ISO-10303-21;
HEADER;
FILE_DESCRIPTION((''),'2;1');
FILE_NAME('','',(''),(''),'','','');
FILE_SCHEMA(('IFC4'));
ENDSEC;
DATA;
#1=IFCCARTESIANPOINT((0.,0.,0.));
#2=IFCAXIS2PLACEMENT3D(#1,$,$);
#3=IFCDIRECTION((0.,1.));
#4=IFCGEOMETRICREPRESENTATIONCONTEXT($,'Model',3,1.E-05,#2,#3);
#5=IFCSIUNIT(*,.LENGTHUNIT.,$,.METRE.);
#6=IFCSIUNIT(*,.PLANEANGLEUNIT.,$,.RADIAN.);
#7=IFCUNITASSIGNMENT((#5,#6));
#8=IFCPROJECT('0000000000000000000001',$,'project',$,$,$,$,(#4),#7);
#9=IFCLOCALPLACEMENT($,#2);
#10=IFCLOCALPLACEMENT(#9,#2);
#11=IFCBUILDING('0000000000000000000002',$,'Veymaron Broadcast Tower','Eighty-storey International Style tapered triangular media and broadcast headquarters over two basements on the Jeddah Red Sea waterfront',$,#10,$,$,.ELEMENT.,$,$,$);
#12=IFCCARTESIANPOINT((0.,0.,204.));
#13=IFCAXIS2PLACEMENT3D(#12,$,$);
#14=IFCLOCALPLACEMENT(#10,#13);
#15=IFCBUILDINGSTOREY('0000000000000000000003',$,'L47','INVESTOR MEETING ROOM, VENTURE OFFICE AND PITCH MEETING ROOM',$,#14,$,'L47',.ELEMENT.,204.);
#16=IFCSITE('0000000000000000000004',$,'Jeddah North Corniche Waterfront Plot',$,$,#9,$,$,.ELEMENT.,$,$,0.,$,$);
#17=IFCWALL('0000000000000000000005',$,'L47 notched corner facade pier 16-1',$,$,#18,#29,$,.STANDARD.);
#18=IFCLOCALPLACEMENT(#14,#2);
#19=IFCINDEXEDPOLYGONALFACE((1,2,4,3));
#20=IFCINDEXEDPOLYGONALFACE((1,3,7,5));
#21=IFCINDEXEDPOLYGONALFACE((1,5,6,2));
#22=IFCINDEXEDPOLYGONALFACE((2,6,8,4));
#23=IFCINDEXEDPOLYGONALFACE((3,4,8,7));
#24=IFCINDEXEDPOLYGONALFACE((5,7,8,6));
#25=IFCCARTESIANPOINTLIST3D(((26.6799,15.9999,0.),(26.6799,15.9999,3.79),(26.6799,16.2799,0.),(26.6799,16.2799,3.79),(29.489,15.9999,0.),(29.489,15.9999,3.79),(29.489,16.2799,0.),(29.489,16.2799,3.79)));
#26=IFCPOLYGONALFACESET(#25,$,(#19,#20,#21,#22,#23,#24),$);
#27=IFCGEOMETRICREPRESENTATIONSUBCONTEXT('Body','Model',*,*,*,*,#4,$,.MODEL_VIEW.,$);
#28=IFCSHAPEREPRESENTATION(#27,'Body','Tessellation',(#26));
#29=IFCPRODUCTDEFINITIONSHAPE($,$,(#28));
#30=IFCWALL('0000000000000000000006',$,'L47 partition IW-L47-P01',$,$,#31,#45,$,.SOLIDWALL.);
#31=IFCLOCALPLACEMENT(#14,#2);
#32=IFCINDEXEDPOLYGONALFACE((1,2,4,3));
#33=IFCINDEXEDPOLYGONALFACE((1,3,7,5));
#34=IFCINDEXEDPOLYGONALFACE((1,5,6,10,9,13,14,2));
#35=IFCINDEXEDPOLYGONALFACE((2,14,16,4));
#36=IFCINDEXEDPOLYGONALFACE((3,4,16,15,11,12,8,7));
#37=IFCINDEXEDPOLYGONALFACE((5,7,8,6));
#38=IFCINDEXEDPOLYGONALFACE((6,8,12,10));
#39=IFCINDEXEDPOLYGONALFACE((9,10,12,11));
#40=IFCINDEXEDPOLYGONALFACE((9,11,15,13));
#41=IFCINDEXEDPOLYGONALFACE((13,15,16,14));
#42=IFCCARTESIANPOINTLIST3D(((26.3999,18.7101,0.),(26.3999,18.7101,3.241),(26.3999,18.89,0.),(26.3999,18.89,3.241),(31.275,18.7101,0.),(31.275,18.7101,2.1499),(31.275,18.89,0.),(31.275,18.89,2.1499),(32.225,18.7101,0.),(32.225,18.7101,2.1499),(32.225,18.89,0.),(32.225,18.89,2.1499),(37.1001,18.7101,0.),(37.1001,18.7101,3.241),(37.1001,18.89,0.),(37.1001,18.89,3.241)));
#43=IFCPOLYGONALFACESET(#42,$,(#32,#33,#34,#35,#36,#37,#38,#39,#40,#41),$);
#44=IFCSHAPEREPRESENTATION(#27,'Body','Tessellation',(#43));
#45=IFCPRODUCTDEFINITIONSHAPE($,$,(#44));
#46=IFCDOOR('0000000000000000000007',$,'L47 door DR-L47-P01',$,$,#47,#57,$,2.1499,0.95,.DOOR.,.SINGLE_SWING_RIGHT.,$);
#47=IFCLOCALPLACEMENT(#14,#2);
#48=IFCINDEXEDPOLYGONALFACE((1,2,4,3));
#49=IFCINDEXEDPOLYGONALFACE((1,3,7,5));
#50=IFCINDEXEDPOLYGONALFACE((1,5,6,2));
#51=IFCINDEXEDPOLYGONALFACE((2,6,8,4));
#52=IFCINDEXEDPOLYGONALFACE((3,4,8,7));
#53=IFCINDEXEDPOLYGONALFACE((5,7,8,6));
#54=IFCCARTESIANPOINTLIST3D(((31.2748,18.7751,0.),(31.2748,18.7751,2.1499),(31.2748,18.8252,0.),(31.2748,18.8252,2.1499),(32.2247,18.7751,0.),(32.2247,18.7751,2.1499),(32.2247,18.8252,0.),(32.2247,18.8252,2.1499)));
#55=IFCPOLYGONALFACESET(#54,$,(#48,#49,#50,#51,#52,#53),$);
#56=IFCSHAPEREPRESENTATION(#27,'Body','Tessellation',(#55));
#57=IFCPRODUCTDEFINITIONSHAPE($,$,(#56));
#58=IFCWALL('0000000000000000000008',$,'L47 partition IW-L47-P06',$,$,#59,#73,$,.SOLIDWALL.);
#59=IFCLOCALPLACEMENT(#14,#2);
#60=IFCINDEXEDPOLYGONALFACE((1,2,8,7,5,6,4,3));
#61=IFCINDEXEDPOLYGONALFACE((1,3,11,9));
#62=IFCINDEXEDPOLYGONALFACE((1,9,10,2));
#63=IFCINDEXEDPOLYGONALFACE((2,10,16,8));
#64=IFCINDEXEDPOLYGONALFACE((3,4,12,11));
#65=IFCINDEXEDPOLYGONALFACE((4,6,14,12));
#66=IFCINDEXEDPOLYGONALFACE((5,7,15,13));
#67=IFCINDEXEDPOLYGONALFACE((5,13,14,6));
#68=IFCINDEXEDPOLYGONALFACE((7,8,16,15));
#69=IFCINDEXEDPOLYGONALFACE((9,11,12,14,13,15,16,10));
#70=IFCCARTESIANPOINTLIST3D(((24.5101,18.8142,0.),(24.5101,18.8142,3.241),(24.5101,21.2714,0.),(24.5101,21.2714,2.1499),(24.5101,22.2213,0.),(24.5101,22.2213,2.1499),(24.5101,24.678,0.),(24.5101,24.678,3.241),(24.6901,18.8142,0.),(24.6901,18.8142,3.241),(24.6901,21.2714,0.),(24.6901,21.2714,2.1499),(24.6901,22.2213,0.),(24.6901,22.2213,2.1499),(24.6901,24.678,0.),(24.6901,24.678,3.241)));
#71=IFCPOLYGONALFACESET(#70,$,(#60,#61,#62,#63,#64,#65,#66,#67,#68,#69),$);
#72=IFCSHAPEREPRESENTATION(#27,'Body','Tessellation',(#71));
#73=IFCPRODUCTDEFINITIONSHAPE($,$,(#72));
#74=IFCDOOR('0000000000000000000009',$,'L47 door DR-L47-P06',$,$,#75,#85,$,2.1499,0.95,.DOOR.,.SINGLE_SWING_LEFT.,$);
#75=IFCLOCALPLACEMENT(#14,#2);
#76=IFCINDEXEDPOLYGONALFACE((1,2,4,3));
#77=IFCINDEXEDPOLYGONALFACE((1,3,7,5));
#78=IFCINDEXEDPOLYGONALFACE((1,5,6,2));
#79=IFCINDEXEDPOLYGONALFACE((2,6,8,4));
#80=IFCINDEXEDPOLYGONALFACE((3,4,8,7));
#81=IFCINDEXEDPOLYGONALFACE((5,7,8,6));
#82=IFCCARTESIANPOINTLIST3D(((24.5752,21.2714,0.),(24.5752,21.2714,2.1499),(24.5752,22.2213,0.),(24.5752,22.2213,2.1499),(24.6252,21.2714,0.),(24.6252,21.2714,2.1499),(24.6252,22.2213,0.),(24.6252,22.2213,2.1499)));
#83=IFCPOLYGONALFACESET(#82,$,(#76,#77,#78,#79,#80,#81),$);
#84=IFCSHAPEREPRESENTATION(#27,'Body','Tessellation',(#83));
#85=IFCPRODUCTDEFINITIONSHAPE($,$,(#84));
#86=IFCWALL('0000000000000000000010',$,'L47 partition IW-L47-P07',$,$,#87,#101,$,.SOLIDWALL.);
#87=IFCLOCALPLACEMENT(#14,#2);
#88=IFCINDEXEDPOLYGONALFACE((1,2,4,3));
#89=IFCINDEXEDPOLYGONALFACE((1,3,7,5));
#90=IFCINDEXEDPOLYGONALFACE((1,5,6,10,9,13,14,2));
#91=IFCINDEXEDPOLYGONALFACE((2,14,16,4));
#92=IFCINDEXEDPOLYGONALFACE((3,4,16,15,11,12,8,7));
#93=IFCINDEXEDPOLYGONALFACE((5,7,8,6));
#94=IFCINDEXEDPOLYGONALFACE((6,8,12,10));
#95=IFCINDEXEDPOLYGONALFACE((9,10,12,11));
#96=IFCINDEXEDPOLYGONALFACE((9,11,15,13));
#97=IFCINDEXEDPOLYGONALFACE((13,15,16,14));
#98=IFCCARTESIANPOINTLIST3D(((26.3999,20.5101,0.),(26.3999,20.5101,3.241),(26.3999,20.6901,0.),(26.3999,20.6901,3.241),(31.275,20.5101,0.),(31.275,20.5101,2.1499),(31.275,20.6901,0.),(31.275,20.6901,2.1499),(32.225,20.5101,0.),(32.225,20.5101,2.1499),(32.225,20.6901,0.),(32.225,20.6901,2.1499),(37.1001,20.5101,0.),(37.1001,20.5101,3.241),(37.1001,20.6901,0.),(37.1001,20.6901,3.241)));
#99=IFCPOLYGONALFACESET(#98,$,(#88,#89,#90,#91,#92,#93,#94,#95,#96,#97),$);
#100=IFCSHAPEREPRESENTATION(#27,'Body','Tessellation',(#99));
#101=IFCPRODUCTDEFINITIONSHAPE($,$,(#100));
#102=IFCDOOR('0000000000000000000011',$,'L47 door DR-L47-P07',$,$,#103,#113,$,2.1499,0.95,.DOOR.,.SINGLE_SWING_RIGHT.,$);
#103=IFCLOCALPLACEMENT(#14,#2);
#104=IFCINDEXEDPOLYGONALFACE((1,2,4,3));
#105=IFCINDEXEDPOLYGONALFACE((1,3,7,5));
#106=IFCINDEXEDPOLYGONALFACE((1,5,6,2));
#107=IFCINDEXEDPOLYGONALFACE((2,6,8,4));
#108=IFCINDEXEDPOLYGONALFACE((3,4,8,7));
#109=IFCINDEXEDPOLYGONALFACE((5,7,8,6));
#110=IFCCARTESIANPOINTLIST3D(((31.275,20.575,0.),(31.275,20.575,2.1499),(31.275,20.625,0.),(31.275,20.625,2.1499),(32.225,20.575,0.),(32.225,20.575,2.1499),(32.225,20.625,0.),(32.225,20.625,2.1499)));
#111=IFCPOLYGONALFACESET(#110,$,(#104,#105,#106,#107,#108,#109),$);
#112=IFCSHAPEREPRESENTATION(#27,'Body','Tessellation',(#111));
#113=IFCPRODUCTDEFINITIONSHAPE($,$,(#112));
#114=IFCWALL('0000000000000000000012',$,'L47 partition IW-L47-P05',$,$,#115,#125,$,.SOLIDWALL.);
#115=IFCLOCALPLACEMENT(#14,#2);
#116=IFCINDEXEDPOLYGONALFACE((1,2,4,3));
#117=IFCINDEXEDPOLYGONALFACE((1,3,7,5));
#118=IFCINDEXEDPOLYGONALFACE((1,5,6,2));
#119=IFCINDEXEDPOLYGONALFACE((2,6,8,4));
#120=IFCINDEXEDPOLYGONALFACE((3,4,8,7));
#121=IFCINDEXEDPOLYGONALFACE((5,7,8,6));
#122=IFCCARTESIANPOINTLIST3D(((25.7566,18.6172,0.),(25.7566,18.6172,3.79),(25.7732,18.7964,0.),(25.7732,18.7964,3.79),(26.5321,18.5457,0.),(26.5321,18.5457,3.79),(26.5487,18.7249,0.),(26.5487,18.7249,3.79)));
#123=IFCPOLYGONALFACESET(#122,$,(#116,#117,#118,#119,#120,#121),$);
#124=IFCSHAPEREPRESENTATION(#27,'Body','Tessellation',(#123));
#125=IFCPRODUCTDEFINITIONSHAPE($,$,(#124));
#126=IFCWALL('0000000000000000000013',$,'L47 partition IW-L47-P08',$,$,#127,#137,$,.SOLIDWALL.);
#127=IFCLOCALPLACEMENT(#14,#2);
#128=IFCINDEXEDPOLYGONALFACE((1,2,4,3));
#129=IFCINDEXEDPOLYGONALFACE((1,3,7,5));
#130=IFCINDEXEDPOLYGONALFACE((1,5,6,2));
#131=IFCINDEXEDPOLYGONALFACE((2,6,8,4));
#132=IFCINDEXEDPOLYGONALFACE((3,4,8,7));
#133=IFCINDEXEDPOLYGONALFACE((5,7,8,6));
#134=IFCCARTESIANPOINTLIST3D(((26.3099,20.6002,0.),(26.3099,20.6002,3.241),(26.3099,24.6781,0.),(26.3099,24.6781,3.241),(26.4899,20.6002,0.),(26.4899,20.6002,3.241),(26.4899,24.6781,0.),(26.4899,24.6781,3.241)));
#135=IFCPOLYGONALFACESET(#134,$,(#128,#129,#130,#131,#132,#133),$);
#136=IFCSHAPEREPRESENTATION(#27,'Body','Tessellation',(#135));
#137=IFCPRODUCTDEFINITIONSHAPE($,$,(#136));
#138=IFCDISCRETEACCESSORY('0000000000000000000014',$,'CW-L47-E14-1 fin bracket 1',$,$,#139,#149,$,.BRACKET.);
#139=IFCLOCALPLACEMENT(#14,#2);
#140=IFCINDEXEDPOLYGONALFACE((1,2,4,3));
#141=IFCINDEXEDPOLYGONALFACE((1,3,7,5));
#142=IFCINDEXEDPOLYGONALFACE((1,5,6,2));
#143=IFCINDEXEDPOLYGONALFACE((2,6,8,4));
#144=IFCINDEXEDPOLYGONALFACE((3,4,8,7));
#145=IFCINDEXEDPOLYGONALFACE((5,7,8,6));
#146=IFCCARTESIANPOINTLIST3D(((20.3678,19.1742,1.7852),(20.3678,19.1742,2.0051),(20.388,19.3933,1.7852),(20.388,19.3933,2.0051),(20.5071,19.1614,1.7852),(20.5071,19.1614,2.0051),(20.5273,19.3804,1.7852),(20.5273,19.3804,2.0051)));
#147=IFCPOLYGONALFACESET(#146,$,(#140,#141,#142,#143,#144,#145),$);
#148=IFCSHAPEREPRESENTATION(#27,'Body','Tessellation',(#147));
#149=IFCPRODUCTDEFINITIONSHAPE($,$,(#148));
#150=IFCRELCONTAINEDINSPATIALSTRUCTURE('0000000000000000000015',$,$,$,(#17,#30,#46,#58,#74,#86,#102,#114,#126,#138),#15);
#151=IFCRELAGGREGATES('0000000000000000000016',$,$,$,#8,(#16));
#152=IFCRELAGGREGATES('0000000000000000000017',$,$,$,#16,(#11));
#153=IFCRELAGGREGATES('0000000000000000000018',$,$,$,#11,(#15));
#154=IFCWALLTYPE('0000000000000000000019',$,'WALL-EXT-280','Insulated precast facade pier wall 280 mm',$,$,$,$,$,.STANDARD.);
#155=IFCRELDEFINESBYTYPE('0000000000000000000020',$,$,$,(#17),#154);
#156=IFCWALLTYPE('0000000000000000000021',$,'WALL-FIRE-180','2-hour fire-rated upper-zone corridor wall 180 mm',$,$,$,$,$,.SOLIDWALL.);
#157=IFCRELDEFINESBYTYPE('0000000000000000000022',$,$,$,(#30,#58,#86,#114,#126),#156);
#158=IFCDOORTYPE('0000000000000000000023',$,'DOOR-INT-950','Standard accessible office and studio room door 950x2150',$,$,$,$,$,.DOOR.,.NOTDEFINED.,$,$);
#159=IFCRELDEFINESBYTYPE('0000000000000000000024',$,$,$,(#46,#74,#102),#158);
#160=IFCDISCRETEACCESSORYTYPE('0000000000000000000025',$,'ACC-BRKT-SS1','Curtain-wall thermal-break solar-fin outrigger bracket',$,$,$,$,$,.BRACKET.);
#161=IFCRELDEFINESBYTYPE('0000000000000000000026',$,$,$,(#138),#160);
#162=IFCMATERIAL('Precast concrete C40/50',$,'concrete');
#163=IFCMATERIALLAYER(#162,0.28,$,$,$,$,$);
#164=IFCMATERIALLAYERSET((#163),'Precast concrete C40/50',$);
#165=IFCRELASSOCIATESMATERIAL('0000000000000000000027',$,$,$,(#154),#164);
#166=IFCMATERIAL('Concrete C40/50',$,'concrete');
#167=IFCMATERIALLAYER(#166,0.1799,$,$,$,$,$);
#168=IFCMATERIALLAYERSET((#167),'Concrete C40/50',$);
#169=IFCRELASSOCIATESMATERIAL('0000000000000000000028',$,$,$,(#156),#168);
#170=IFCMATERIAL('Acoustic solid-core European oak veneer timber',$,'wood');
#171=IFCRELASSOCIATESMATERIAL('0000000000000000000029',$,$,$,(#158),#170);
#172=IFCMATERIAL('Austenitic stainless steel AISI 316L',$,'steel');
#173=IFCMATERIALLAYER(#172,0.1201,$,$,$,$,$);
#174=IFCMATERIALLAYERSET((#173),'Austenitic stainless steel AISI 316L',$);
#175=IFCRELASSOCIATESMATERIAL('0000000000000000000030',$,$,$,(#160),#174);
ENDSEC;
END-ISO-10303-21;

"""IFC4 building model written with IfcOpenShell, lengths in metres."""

from ifc_helpers import new_model, si_unit, direction, frame, frame_2d, origin, origin_2d, place, context, subcontext, project, spatial, rectangle, extrude, material, layer, layer_set, type_object, element, fill, save


model = new_model("IFC4")

# Units and contexts
model_context = context("Model", 3, precision=1e-05, world=origin(), true_north=direction((0.0, 1.0)))
body_context = subcontext(model_context, "Body", "Model", "MODEL_VIEW")
ifc_project = project(units=[si_unit("LENGTHUNIT", "METRE"), si_unit("PLANEANGLEUNIT", "RADIAN")], contexts=[model_context])

# Site, building, storey
site_placement = place(None, origin())
site = spatial("IfcSite", under=ifc_project, at=site_placement, Name="Jeddah North Corniche Waterfront Plot", CompositionType="ELEMENT", RefElevation=0.0)
building_placement = place(site_placement, origin())
building = spatial("IfcBuilding", under=site, at=building_placement, Name="Veymaron Broadcast Tower", Description="Eighty-storey International Style tapered triangular media and broadcast headquarters over two basements on the Jeddah Red Sea waterfront", CompositionType="ELEMENT")
storey_placement = place(building_placement, frame((0.0, 0.0, 204.0)))
storey = spatial("IfcBuildingStorey", under=building, at=storey_placement, Name="L47", Description="INVESTOR MEETING ROOM, VENTURE OFFICE AND PITCH MEETING ROOM", LongName="L47", CompositionType="ELEMENT", Elevation=204.0)

# Shared definitions
ifc_material_1 = material(Name="Concrete C40/50", Category="concrete")

# Wall
ifc_material_2 = material(Name="Precast concrete C40/50", Category="concrete")
ifc_layer_1 = layer(ifc_material_2, 0.28)
ifc_layer_set_1 = layer_set([ifc_layer_1], Name="Precast concrete C40/50")
wall_type_1 = type_object("IfcWallType", Name="WALL-EXT-280", Description="Insulated precast facade pier wall 280 mm", PredefinedType="STANDARD", material=ifc_layer_set_1)
wall_1_placement = place(storey_placement, frame((26.6799, 16.1399, 0.0), z_axis=(0.0, 0.0, 1.0), x_axis=(1.0, 0.0, 0.0)))
element("IfcWall", 1, at=wall_1_placement, inside=storey, type_object=wall_type_1, Name="L47 notched corner facade pier 16-1", PredefinedType="STANDARD", context=body_context, shape_type="SweptSolid", body=[
    extrude(rectangle(XDim=2.8091, YDim=0.28, at=frame_2d((1.4045, 0.0))), origin(), (0.0, 0.0, 1.0), 3.79),
])

# Walls, openings, doors
ifc_layer_2 = layer(ifc_material_1, 0.1799)
ifc_layer_set_2 = layer_set([ifc_layer_2], Name="Concrete C40/50")
wall_type_2 = type_object("IfcWallType", Name="WALL-FIRE-180", Description="2-hour fire-rated upper-zone corridor wall 180 mm", PredefinedType="SOLIDWALL", material=ifc_layer_set_2)
wall_2_placement = place(storey_placement, frame((26.3999, 18.8, 0.0), z_axis=(0.0, 0.0, 1.0), x_axis=(1.0, 0.0, 0.0)))
wall_2 = element("IfcWall", 2, at=wall_2_placement, inside=storey, type_object=wall_type_2, Name="L47 partition IW-L47-P01", PredefinedType="SOLIDWALL", context=body_context, shape_type="SweptSolid", body=[
    extrude(rectangle(XDim=10.7002, YDim=0.1799, at=frame_2d((5.3501, 0.0))), origin(), (0.0, 0.0, 1.0), 3.241),
])
opening_1_placement = place(wall_2_placement, frame((4.875, 0.0, 0.0)))
opening_1 = element("IfcOpeningElement", 3, at=opening_1_placement, cuts=wall_2, PredefinedType="OPENING", context=body_context, shape_type="SweptSolid", body=[
    extrude(rectangle(XDim=0.95, YDim=2.1499, at=frame_2d((0.4751, 1.075))), frame((0.0, 0.1001, 0.0), z_axis=(0.0, -1.0, 0.0), x_axis=(1.0, 0.0, 0.0)), (0.0, 0.0, 1.0), 0.2),
])
ifc_material_3 = material(Name="Acoustic solid-core European oak veneer timber", Category="wood")
door_type = type_object("IfcDoorType", Name="DOOR-INT-950", Description="Standard accessible office and studio room door 950x2150", OperationType="NOTDEFINED", PredefinedType="DOOR", material=ifc_material_3)
door_1_placement = place(opening_1_placement, frame((0.95, 0.0, 0.0), z_axis=(0.0, 0.0, 1.0), x_axis=(-1.0, 0.0, 0.0)))
door_1 = element("IfcDoor", 4, at=door_1_placement, inside=storey, type_object=door_type, Name="L47 door DR-L47-P01", OperationType="SINGLE_SWING_RIGHT", OverallHeight=2.1499, OverallWidth=0.95, PredefinedType="DOOR", context=body_context, shape_type="SweptSolid", body=[
    extrude(rectangle(XDim=0.95, YDim=2.1499, at=frame_2d((0.4751, 1.075))), frame((0.0, 0.0249, 0.0), z_axis=(0.0, -1.0, 0.0), x_axis=(1.0, 0.0, 0.0)), (0.0, 0.0, 1.0), 0.05),
])
fill(opening_1, door_1)
wall_3_placement = place(storey_placement, frame((24.6001, 18.8142, 0.0), z_axis=(0.0, 0.0, 1.0), x_axis=(0.0, 1.0, 0.0)))
wall_3 = element("IfcWall", 5, at=wall_3_placement, inside=storey, type_object=wall_type_2, Name="L47 partition IW-L47-P06", PredefinedType="SOLIDWALL", context=body_context, shape_type="SweptSolid", body=[
    extrude(rectangle(XDim=5.8638, YDim=0.1799, at=frame_2d((2.9319, 0.0))), origin(), (0.0, 0.0, 1.0), 3.241),
])
opening_2_placement = place(wall_3_placement, frame((2.457, 0.0, 0.0)))
opening_2 = element("IfcOpeningElement", 6, at=opening_2_placement, cuts=wall_3, PredefinedType="OPENING", context=body_context, shape_type="SweptSolid", body=[
    extrude(rectangle(XDim=0.95, YDim=2.1499, at=frame_2d((0.4751, 1.075))), frame((0.0, 0.1001, 0.0), z_axis=(0.0, -1.0, 0.0), x_axis=(1.0, 0.0, 0.0)), (0.0, 0.0, 1.0), 0.2),
])
door_2_placement = place(opening_2_placement, origin())
door_2 = element("IfcDoor", 7, at=door_2_placement, inside=storey, type_object=door_type, Name="L47 door DR-L47-P06", OperationType="SINGLE_SWING_LEFT", OverallHeight=2.1499, OverallWidth=0.95, PredefinedType="DOOR", context=body_context, shape_type="SweptSolid", body=[
    extrude(rectangle(XDim=0.95, YDim=2.1499, at=frame_2d((0.4751, 1.075))), frame((0.0, 0.0249, 0.0), z_axis=(0.0, -1.0, 0.0), x_axis=(1.0, 0.0, 0.0)), (0.0, 0.0, 1.0), 0.05),
])
fill(opening_2, door_2)
wall_4_placement = place(storey_placement, frame((26.3999, 20.6001, 0.0), z_axis=(0.0, 0.0, 1.0), x_axis=(1.0, 0.0, 0.0)))
wall_4 = element("IfcWall", 8, at=wall_4_placement, inside=storey, type_object=wall_type_2, Name="L47 partition IW-L47-P07", PredefinedType="SOLIDWALL", context=body_context, shape_type="SweptSolid", body=[
    extrude(rectangle(XDim=10.7002, YDim=0.1799, at=frame_2d((5.3501, 0.0))), origin(), (0.0, 0.0, 1.0), 3.241),
])
opening_3_placement = place(wall_4_placement, frame((4.875, 0.0, 0.0)))
opening_3 = element("IfcOpeningElement", 9, at=opening_3_placement, cuts=wall_4, PredefinedType="OPENING", context=body_context, shape_type="SweptSolid", body=[
    extrude(rectangle(XDim=0.95, YDim=2.1499, at=frame_2d((0.4751, 1.075))), frame((0.0, 0.1001, 0.0), z_axis=(0.0, -1.0, 0.0), x_axis=(1.0, 0.0, 0.0)), (0.0, 0.0, 1.0), 0.2),
])
door_3_placement = place(opening_3_placement, origin())
door_3 = element("IfcDoor", 10, at=door_3_placement, inside=storey, type_object=door_type, Name="L47 door DR-L47-P07", OperationType="SINGLE_SWING_RIGHT", OverallHeight=2.1499, OverallWidth=0.95, PredefinedType="DOOR", context=body_context, shape_type="SweptSolid", body=[
    extrude(rectangle(XDim=0.95, YDim=2.1499, at=frame_2d((0.4751, 1.075))), frame((0.0, 0.0249, 0.0), z_axis=(0.0, -1.0, 0.0), x_axis=(1.0, 0.0, 0.0)), (0.0, 0.0, 1.0), 0.05),
])
fill(opening_3, door_3)

# Walls
wall_5_placement = place(storey_placement, frame((25.7649, 18.7068, 0.0), z_axis=(0.0, 0.0, 1.0), x_axis=(0.995774, -0.091836, 0.0)))
element("IfcWall", 11, at=wall_5_placement, inside=storey, type_object=wall_type_2, Name="L47 partition IW-L47-P05", PredefinedType="SOLIDWALL", context=body_context, shape_type="SweptSolid", body=[
    extrude(rectangle(XDim=0.7788, YDim=0.1799, at=frame_2d((0.3894, 0.0))), origin(), (0.0, 0.0, 1.0), 3.79),
])
wall_6_placement = place(storey_placement, frame((26.3999, 20.6001, 0.0), z_axis=(0.0, 0.0, 1.0), x_axis=(0.0, 1.0, 0.0)))
element("IfcWall", 12, at=wall_6_placement, inside=storey, type_object=wall_type_2, Name="L47 partition IW-L47-P08", PredefinedType="SOLIDWALL", context=body_context, shape_type="SweptSolid", body=[
    extrude(rectangle(XDim=4.0779, YDim=0.1799, at=frame_2d((2.0391, 0.0))), origin(), (0.0, 0.0, 1.0), 3.241),
])

# Discrete accessory
ifc_material_4 = material(Name="Austenitic stainless steel AISI 316L", Category="steel")
ifc_layer_3 = layer(ifc_material_4, 0.1201)
ifc_layer_set_3 = layer_set([ifc_layer_3], Name="Austenitic stainless steel AISI 316L")
discrete_accessory_type = type_object("IfcDiscreteAccessoryType", Name="ACC-BRKT-SS1", Description="Curtain-wall thermal-break solar-fin outrigger bracket", PredefinedType="BRACKET", material=ifc_layer_set_3)
discrete_accessory_placement = place(storey_placement, frame((20.4475, 19.2773, 1.7852), z_axis=(0.0, 0.0, 1.0), x_axis=(-0.091797, -0.995778, 0.0)))
element("IfcDiscreteAccessory", 13, at=discrete_accessory_placement, inside=storey, type_object=discrete_accessory_type, Name="CW-L47-E14-1 fin bracket 1", PredefinedType="BRACKET", context=body_context, shape_type="SweptSolid", body=[
    extrude(rectangle(XDim=0.22, YDim=0.1399, at=origin_2d()), origin(), (0.0, 0.0, 1.0), 0.22),
])

save(model, "model.ifc")
